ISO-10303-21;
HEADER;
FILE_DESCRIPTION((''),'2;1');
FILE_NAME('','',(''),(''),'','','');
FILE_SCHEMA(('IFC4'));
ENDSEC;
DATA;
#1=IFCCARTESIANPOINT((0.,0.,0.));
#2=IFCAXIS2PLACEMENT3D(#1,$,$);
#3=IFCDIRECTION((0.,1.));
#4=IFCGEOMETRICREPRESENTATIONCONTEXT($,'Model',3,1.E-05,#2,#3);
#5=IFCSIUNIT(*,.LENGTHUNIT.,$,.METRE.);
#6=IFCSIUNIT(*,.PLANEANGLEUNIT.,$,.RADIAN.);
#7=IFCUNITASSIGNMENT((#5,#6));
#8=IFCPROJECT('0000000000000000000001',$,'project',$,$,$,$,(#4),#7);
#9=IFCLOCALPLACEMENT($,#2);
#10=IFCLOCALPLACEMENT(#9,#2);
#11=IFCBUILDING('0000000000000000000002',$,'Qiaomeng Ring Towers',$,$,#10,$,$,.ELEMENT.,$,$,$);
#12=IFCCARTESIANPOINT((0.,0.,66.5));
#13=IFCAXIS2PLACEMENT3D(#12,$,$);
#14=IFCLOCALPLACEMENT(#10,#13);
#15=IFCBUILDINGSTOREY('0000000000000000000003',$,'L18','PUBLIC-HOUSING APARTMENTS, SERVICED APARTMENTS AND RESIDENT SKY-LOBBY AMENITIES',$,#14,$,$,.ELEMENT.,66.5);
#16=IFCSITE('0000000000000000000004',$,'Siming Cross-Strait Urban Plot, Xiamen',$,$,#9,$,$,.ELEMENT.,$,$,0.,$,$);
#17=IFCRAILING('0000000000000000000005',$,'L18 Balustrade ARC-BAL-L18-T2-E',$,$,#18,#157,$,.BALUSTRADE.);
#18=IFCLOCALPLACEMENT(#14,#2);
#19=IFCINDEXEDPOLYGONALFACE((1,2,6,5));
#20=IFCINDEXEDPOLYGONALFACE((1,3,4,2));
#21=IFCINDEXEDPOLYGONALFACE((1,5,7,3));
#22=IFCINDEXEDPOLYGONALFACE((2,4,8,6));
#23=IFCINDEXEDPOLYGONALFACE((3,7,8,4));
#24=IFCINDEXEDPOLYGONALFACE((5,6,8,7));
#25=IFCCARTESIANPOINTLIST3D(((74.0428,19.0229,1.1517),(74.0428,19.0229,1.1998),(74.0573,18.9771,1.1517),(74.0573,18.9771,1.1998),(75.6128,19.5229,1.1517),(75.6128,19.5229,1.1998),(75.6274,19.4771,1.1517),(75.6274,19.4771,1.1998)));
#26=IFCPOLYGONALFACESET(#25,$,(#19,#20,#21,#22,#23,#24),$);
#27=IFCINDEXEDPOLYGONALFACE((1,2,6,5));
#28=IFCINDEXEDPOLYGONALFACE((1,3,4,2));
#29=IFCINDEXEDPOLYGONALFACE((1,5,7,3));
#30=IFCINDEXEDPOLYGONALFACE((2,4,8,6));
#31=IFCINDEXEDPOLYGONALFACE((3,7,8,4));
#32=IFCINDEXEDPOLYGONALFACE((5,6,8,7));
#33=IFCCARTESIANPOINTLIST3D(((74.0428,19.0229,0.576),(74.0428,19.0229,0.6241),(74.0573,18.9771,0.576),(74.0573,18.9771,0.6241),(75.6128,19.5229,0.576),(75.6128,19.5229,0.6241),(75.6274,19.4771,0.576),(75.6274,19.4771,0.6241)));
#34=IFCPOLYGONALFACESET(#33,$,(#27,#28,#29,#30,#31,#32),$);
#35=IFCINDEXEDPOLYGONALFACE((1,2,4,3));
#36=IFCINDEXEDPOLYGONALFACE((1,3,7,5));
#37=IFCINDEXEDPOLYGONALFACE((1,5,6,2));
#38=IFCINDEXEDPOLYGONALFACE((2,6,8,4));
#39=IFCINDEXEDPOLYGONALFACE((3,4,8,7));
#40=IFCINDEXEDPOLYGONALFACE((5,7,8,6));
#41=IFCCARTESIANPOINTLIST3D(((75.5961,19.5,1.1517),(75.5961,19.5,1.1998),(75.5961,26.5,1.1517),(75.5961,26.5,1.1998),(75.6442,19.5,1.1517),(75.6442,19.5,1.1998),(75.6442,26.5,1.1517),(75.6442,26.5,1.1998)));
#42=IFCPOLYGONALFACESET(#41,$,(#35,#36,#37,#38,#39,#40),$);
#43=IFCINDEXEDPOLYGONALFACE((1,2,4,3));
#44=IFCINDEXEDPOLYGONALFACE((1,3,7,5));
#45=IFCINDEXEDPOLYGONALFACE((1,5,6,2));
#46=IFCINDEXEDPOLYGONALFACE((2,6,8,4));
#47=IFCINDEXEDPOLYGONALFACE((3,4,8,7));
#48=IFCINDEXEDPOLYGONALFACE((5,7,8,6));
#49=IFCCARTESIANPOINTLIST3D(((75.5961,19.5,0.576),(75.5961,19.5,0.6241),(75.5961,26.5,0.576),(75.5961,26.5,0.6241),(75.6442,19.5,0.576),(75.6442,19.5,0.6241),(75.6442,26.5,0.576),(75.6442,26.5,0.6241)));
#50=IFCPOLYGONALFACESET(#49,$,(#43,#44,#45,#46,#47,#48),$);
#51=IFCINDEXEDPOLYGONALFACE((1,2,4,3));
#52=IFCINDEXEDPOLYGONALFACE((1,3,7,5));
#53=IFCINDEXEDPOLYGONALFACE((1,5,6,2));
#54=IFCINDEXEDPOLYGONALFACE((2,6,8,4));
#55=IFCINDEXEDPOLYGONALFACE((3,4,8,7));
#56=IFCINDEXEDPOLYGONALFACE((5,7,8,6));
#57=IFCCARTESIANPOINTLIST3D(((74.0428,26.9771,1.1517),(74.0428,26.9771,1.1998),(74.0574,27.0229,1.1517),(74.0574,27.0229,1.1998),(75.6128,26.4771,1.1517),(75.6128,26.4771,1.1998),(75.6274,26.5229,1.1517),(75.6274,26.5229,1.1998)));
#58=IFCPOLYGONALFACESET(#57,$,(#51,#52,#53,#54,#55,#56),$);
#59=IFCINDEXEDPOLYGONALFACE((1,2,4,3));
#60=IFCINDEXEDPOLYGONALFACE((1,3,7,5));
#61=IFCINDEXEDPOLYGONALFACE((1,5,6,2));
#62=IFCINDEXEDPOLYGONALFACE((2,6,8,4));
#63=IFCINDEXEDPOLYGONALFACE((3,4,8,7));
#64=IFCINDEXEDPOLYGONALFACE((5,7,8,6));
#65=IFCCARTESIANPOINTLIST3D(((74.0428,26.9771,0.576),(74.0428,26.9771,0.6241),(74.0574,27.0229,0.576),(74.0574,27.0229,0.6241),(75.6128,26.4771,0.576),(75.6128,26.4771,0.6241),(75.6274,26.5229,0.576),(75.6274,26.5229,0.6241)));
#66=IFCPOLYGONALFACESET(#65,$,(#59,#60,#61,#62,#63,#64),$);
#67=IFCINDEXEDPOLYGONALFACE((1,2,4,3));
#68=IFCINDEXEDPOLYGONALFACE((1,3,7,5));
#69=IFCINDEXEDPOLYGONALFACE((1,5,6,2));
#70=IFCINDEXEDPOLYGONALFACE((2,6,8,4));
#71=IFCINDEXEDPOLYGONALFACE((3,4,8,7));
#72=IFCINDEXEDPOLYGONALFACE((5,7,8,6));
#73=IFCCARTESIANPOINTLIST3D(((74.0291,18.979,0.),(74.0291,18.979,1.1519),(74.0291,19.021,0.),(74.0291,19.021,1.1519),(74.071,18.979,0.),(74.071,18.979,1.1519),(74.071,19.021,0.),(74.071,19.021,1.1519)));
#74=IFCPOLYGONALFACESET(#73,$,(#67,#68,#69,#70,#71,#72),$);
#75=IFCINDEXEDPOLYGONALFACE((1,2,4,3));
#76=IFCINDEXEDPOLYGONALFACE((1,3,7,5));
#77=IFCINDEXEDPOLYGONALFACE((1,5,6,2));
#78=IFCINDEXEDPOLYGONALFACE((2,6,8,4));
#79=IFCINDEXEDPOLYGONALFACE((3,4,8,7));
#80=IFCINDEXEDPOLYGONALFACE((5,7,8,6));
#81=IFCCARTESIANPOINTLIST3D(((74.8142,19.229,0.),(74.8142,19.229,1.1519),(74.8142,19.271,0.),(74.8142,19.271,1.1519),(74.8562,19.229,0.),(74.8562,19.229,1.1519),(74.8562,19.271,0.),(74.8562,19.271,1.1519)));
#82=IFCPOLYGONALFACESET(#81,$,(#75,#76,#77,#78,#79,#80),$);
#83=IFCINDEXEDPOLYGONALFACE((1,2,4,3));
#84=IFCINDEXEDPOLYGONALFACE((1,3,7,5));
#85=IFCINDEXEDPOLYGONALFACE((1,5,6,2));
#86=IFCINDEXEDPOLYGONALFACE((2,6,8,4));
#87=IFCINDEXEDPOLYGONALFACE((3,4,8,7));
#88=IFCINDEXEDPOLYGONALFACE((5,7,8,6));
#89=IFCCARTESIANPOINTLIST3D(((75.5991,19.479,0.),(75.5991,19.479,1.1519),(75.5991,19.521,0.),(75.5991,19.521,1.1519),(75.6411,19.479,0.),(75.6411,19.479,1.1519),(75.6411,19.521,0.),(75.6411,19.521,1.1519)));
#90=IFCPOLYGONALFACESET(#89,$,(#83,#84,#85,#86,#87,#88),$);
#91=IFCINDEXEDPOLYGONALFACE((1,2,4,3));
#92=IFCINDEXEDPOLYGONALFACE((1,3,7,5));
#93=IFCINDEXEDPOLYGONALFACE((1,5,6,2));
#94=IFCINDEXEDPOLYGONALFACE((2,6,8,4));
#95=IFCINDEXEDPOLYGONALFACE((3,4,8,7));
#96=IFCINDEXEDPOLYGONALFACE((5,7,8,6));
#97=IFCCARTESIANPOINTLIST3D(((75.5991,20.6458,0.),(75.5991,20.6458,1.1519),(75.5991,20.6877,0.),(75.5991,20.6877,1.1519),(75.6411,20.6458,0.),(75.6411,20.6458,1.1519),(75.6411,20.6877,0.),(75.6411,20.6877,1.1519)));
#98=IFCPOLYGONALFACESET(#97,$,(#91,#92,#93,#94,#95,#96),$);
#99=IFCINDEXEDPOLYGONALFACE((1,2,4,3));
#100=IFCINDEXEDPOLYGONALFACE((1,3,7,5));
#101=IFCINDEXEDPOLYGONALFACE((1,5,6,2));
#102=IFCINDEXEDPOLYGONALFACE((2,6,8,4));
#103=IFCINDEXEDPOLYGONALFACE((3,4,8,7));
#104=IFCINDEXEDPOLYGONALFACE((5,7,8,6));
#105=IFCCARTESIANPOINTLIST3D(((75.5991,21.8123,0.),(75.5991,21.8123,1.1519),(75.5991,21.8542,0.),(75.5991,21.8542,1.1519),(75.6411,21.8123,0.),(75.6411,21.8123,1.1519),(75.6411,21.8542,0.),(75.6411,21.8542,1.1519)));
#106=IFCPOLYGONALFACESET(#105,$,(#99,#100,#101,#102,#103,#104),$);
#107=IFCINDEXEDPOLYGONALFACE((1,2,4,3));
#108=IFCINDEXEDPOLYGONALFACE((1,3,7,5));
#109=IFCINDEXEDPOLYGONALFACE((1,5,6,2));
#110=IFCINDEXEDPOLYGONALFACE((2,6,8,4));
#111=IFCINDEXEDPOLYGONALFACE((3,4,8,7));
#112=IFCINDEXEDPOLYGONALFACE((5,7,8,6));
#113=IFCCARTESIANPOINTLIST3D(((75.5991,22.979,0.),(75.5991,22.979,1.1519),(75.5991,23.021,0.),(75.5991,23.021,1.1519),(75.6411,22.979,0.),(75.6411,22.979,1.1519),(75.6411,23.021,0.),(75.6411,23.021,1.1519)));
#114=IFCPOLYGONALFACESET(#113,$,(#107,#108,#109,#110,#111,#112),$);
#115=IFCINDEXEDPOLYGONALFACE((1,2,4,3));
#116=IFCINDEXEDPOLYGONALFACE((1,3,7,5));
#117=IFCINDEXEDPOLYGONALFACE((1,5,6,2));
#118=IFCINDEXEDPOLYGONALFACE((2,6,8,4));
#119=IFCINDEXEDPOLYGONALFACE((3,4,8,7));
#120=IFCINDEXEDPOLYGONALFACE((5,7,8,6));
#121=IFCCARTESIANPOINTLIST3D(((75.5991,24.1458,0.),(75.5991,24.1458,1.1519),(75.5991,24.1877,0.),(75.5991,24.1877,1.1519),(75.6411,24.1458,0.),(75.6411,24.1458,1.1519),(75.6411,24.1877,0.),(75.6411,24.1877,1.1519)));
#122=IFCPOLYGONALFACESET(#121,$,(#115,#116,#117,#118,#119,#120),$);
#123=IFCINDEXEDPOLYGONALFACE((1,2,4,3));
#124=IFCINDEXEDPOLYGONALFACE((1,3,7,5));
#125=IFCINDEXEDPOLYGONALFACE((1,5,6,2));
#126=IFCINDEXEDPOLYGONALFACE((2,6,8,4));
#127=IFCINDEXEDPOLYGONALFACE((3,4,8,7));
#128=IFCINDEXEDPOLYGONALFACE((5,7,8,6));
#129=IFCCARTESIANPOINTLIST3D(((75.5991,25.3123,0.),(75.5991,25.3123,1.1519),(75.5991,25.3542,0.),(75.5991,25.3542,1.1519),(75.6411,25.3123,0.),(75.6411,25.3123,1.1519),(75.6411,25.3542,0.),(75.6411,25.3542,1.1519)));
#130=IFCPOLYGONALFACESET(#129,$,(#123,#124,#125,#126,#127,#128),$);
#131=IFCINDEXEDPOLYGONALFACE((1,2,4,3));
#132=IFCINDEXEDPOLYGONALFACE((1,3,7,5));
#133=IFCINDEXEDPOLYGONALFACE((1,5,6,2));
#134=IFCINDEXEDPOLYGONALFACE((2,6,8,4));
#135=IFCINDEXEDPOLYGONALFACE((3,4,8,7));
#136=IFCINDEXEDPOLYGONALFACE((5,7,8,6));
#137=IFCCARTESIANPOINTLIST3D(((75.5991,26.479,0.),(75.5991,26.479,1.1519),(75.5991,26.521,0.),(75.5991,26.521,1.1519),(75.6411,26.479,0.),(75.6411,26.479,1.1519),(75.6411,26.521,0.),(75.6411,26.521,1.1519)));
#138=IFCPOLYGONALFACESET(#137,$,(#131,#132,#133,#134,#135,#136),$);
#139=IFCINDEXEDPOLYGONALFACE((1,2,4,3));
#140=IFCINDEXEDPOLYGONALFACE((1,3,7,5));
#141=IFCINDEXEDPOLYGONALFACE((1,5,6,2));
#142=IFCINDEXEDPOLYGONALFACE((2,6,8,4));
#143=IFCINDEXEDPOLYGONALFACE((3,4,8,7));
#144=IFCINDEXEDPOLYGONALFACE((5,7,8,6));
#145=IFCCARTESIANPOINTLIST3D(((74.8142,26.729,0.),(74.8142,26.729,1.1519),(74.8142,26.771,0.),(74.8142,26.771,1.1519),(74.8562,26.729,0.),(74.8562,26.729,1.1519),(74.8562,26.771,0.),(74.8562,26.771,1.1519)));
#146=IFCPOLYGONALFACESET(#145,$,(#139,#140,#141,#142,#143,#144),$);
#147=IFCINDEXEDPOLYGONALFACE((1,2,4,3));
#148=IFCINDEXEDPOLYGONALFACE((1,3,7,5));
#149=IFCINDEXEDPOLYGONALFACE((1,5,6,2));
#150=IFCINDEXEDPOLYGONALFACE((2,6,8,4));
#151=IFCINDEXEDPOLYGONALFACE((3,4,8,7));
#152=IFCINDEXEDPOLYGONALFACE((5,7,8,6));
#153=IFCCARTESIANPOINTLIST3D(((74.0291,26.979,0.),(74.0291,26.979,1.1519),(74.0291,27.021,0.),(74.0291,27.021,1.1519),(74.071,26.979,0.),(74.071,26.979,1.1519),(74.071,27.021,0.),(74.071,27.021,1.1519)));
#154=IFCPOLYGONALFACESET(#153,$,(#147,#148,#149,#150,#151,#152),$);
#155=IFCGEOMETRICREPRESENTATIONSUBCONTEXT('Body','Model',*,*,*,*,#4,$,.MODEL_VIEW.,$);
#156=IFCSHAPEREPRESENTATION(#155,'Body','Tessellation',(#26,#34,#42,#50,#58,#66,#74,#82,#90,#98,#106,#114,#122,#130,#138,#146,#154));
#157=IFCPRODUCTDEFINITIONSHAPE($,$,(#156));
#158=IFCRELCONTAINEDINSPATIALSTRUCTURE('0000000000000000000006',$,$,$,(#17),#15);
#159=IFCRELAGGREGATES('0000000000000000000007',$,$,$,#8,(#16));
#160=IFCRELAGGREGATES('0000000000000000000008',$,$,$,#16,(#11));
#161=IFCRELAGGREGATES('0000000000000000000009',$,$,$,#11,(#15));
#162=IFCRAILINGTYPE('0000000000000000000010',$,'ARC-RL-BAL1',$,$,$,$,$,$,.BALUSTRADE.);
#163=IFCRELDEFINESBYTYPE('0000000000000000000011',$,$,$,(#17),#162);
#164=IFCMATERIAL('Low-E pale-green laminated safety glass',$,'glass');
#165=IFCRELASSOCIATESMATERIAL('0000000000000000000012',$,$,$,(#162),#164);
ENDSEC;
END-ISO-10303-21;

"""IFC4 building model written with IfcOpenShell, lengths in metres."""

from ifc_helpers import new_model, si_unit, direction, frame, origin, origin_2d, place, context, subcontext, project, spatial, rectangle, extrude, material, type_object, element, save


model = new_model("IFC4")

# Units and contexts
model_context = context("Model", 3, precision=1e-05, world=origin(), true_north=direction((0.0, 1.0)))
body_context = subcontext(model_context, "Body", "Model", "MODEL_VIEW")
ifc_project = project(units=[si_unit("LENGTHUNIT", "METRE"), si_unit("PLANEANGLEUNIT", "RADIAN")], contexts=[model_context])

# Site, building, storey
site_placement = place(None, origin())
site = spatial("IfcSite", under=ifc_project, at=site_placement, Name="Siming Cross-Strait Urban Plot, Xiamen", CompositionType="ELEMENT", RefElevation=0.0)
building_placement = place(site_placement, origin())
building = spatial("IfcBuilding", under=site, at=building_placement, Name="Qiaomeng Ring Towers", CompositionType="ELEMENT")
storey_placement = place(building_placement, frame((0.0, 0.0, 66.5)))
storey = spatial("IfcBuildingStorey", under=building, at=storey_placement, Name="L18", Description="PUBLIC-HOUSING APARTMENTS, SERVICED APARTMENTS AND RESIDENT SKY-LOBBY AMENITIES", CompositionType="ELEMENT", Elevation=66.5)

# Railing
ifc_material_1 = material(Name="Low-E pale-green laminated safety glass", Category="glass")
railing_type = type_object("IfcRailingType", Name="ARC-RL-BAL1", PredefinedType="BALUSTRADE", material=ifc_material_1)
railing_1_placement = place(storey_placement, frame((74.05, 19.0, 0.0)))
element("IfcRailing", 1, at=railing_1_placement, inside=storey, type_object=railing_type, Name="L18 Balustrade ARC-BAL-L18-T2-E", PredefinedType="BALUSTRADE", context=body_context, shape_type="SweptSolid", body=[
    extrude(rectangle(XDim=0.0481, YDim=0.0481, at=origin_2d()), frame((0.0, 0.0, 1.1758), z_axis=(0.95285, 0.303442, 0.0), x_axis=(-0.303442, 0.95285, 0.0)), (0.0, 0.0, 1.0), 1.6477),
    extrude(rectangle(XDim=0.0481, YDim=0.0481, at=origin_2d()), frame((0.0, 0.0, 0.6001), z_axis=(0.95285, 0.303442, 0.0), x_axis=(-0.303442, 0.95285, 0.0)), (0.0, 0.0, 1.0), 1.6477),
    extrude(rectangle(XDim=0.0481, YDim=0.0481, at=origin_2d()), frame((1.5701, 0.5, 1.1758), z_axis=(0.0, 1.0, 0.0), x_axis=(-1.0, 0.0, 0.0)), (0.0, 0.0, 1.0), 7.0),
    extrude(rectangle(XDim=0.0481, YDim=0.0481, at=origin_2d()), frame((1.5701, 0.5, 0.6001), z_axis=(0.0, 1.0, 0.0), x_axis=(-1.0, 0.0, 0.0)), (0.0, 0.0, 1.0), 7.0),
    extrude(rectangle(XDim=0.0481, YDim=0.0481, at=origin_2d()), frame((1.5701, 7.5, 1.1758), z_axis=(-0.95285, 0.303442, 0.0), x_axis=(-0.303442, -0.95285, 0.0)), (0.0, 0.0, 1.0), 1.6477),
    extrude(rectangle(XDim=0.0481, YDim=0.0481, at=origin_2d()), frame((1.5701, 7.5, 0.6001), z_axis=(-0.95285, 0.303442, 0.0), x_axis=(-0.303442, -0.95285, 0.0)), (0.0, 0.0, 1.0), 1.6477),
    extrude(rectangle(XDim=0.042, YDim=0.042, at=origin_2d()), origin(), (0.0, 0.0, 1.0), 1.1519),
    extrude(rectangle(XDim=0.042, YDim=0.042, at=origin_2d()), frame((0.7852, 0.25, 0.0)), (0.0, 0.0, 1.0), 1.1519),
    extrude(rectangle(XDim=0.042, YDim=0.042, at=origin_2d()), frame((1.5701, 0.5, 0.0)), (0.0, 0.0, 1.0), 1.1519),
    extrude(rectangle(XDim=0.042, YDim=0.042, at=origin_2d()), frame((1.5701, 1.6667, 0.0)), (0.0, 0.0, 1.0), 1.1519),
    extrude(rectangle(XDim=0.042, YDim=0.042, at=origin_2d()), frame((1.5701, 2.8333, 0.0)), (0.0, 0.0, 1.0), 1.1519),
    extrude(rectangle(XDim=0.042, YDim=0.042, at=origin_2d()), frame((1.5701, 4.0, 0.0)), (0.0, 0.0, 1.0), 1.1519),
    extrude(rectangle(XDim=0.042, YDim=0.042, at=origin_2d()), frame((1.5701, 5.1667, 0.0)), (0.0, 0.0, 1.0), 1.1519),
    extrude(rectangle(XDim=0.042, YDim=0.042, at=origin_2d()), frame((1.5701, 6.3333, 0.0)), (0.0, 0.0, 1.0), 1.1519),
    extrude(rectangle(XDim=0.042, YDim=0.042, at=origin_2d()), frame((1.5701, 7.5, 0.0)), (0.0, 0.0, 1.0), 1.1519),
    extrude(rectangle(XDim=0.042, YDim=0.042, at=origin_2d()), frame((0.7852, 7.75, 0.0)), (0.0, 0.0, 1.0), 1.1519),
    extrude(rectangle(XDim=0.042, YDim=0.042, at=origin_2d()), frame((0.0, 8.0, 0.0)), (0.0, 0.0, 1.0), 1.1519),
])

save(model, "model.ifc")
